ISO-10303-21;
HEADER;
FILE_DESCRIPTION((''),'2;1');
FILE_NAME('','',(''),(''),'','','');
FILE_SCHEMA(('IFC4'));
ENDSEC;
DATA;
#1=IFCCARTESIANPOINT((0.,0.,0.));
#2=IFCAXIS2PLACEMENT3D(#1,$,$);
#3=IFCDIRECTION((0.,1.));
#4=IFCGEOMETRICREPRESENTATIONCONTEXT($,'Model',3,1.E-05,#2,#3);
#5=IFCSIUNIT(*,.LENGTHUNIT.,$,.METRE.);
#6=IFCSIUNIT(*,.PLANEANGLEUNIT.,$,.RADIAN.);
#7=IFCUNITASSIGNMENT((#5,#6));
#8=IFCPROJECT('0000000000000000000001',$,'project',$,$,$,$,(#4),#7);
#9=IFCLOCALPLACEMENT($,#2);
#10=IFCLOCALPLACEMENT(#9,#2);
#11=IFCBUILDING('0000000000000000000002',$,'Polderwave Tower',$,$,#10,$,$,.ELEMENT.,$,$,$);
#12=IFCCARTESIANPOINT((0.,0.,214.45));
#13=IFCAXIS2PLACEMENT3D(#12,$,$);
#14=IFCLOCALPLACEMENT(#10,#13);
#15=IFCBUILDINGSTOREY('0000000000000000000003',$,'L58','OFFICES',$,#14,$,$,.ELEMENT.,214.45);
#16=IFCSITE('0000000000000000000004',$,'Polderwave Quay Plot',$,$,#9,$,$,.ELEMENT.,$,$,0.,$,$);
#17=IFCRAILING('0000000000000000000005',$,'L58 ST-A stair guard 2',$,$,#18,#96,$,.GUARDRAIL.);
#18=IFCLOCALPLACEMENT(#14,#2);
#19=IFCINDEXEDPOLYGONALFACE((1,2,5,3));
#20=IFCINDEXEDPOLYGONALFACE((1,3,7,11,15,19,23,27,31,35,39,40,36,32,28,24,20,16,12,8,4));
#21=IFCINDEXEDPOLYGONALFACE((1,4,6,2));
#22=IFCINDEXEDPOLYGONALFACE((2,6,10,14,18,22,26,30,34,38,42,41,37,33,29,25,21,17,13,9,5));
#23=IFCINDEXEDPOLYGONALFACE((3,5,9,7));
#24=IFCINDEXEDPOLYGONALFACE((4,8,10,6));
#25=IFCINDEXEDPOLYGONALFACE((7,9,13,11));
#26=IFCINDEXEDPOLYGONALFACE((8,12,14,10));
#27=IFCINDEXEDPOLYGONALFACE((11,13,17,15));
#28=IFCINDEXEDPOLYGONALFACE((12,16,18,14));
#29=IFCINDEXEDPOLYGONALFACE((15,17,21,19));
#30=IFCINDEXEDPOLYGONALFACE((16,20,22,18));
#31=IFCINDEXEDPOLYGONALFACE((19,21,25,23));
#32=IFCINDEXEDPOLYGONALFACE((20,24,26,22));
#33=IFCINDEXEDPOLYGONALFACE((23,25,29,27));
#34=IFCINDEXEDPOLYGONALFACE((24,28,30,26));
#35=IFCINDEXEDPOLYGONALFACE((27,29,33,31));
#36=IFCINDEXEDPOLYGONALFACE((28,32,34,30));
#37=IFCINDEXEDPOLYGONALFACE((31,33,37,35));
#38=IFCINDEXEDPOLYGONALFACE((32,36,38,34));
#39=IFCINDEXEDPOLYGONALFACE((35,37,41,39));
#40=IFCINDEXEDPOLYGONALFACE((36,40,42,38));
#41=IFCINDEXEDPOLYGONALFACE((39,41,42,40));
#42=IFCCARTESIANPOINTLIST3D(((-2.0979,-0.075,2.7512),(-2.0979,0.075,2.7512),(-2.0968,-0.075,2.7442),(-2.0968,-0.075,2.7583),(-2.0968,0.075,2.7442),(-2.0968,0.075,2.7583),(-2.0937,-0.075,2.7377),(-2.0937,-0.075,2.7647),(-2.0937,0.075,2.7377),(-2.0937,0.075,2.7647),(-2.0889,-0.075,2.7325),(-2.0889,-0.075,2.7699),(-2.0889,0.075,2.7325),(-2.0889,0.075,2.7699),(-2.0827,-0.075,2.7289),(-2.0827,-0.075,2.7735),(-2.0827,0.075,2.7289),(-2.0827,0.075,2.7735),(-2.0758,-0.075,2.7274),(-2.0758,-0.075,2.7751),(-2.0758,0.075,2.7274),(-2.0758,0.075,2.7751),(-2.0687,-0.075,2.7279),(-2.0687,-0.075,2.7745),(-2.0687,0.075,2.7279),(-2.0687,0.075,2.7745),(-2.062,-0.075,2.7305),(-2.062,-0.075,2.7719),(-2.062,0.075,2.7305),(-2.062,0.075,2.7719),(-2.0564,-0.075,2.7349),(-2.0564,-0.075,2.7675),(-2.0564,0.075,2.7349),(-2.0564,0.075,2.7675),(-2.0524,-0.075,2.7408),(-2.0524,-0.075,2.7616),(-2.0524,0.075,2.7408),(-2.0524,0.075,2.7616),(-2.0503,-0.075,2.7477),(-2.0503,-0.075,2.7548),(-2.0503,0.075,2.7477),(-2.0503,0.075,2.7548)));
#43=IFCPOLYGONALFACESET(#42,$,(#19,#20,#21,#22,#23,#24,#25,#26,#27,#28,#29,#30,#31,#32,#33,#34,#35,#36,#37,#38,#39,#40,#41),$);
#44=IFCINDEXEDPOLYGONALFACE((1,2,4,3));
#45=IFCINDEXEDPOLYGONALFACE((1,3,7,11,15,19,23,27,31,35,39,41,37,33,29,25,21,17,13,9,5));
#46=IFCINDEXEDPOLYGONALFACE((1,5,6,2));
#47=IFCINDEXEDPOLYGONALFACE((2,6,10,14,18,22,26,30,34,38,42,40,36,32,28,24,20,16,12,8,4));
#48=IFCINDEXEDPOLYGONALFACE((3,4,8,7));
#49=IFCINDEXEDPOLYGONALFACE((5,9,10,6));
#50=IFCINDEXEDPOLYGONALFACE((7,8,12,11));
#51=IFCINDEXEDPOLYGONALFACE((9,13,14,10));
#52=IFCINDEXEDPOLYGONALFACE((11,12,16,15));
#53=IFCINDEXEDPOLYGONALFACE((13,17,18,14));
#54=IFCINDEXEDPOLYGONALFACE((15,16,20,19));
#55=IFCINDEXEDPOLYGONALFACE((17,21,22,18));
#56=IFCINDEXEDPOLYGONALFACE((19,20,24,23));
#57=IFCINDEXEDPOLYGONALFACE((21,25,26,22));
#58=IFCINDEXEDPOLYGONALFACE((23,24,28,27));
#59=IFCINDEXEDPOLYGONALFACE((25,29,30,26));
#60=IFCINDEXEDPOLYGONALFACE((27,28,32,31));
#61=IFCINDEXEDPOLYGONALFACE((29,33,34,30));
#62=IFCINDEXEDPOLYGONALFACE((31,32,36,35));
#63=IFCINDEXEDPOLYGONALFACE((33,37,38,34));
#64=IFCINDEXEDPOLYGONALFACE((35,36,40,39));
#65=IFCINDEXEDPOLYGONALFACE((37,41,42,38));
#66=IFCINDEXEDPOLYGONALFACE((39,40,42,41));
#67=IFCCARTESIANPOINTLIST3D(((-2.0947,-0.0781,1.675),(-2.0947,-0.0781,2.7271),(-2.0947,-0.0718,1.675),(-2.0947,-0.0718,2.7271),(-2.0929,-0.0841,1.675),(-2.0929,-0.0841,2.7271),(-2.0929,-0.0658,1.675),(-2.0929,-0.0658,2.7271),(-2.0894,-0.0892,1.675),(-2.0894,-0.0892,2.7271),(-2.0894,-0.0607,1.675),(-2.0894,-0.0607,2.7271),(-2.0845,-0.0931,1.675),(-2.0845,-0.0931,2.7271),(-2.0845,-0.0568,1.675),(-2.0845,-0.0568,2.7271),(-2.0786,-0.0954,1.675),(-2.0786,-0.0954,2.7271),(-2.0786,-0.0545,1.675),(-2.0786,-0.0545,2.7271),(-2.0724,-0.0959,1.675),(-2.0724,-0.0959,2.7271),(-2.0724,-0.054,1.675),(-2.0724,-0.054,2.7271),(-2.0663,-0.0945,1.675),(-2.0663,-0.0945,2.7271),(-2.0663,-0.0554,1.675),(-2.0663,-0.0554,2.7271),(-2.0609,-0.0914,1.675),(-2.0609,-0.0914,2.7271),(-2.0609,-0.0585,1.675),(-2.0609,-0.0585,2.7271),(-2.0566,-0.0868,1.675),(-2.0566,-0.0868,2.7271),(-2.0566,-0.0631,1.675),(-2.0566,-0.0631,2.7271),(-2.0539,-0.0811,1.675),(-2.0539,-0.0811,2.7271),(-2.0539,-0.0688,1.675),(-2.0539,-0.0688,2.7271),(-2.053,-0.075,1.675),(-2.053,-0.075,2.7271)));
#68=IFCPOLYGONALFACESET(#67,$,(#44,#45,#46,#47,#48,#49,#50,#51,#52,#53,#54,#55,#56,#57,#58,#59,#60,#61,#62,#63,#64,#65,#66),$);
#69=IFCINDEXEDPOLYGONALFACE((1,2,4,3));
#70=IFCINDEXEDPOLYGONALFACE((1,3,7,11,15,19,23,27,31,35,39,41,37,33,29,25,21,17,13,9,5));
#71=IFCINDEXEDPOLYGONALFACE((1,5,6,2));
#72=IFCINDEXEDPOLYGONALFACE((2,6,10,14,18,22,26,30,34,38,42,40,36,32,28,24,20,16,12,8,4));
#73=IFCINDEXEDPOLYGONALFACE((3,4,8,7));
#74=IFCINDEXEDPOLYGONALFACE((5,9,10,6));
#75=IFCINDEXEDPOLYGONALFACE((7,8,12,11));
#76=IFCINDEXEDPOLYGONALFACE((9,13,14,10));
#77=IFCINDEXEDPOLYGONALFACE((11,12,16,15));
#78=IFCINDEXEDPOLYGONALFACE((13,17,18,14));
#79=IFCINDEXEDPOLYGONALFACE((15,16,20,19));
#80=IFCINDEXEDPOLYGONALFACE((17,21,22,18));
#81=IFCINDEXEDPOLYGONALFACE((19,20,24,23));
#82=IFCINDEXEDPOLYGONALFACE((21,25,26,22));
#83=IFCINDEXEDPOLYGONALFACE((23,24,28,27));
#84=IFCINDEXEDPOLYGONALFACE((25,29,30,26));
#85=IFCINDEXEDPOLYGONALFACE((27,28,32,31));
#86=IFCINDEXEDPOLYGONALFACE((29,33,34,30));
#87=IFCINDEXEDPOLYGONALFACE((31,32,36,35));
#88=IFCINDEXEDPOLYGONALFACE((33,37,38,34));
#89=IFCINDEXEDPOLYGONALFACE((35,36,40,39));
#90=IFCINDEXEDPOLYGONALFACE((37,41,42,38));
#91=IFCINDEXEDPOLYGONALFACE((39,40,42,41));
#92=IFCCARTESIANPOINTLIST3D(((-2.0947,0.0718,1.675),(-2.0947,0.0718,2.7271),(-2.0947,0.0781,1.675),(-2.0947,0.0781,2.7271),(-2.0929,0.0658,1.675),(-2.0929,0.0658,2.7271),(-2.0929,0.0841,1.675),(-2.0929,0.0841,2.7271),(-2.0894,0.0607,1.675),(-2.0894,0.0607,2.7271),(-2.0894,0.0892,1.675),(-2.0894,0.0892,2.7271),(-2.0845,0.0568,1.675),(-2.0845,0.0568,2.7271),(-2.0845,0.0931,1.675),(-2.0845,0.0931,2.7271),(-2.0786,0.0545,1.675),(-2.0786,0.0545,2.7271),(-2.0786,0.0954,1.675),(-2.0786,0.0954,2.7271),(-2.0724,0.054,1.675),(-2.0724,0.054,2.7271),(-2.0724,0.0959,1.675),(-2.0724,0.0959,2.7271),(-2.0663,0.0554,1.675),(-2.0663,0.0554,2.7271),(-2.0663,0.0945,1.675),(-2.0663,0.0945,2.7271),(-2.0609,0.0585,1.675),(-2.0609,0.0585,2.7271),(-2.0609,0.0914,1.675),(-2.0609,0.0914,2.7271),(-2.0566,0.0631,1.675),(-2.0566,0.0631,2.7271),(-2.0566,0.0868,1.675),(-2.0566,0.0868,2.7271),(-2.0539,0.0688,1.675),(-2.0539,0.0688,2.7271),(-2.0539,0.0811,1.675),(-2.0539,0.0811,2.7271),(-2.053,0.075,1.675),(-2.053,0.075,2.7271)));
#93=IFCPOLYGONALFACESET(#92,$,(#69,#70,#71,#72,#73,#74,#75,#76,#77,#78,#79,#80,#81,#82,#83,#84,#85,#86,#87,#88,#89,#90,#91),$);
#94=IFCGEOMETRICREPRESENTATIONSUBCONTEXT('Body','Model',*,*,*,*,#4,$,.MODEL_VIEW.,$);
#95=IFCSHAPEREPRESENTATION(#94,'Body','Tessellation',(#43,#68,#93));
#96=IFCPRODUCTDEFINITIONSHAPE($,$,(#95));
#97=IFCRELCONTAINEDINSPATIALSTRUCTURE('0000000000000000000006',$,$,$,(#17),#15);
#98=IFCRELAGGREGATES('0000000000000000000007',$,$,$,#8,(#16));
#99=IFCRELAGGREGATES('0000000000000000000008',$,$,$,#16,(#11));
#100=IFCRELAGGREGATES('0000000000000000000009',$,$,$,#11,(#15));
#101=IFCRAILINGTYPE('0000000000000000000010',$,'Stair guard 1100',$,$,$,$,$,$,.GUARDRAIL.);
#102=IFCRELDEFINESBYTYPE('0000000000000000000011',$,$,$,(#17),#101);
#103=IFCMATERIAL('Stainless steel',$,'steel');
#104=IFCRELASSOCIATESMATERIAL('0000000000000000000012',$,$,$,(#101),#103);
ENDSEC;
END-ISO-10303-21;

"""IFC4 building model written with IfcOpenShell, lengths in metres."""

from ifc_helpers import new_model, si_unit, direction, frame, origin, origin_2d, place, context, subcontext, project, spatial, circle, extrude, material, type_object, element, save


model = new_model("IFC4")

# Units and contexts
model_context = context("Model", 3, precision=1e-05, world=origin(), true_north=direction((0.0, 1.0)))
body_context = subcontext(model_context, "Body", "Model", "MODEL_VIEW")
ifc_project = project(units=[si_unit("LENGTHUNIT", "METRE"), si_unit("PLANEANGLEUNIT", "RADIAN")], contexts=[model_context])

# Site, building, storey
site_placement = place(None, origin())
site = spatial("IfcSite", under=ifc_project, at=site_placement, Name="Polderwave Quay Plot", CompositionType="ELEMENT", RefElevation=0.0)
building_placement = place(site_placement, origin())
building = spatial("IfcBuilding", under=site, at=building_placement, Name="Polderwave Tower", CompositionType="ELEMENT")
storey_placement = place(building_placement, frame((0.0, 0.0, 214.45)))
storey = spatial("IfcBuildingStorey", under=building, at=storey_placement, Name="L58", Description="OFFICES", CompositionType="ELEMENT", Elevation=214.45)

# Railing
ifc_material_1 = material(Name="Stainless steel", Category="steel")
railing_type_1 = type_object("IfcRailingType", Name="Stair guard 1100", PredefinedType="GUARDRAIL", material=ifc_material_1)
railing_1_placement = place(storey_placement, frame((-2.074, -0.075, 1.675)))
element("IfcRailing", 1, at=railing_1_placement, inside=storey, type_object=railing_type_1, Name="L58 ST-A stair guard 2", PredefinedType="GUARDRAIL", context=body_context, shape_type="SweptSolid", body=[
    extrude(circle(Radius=0.0239, at=origin_2d()), frame((0.0, 0.0, 1.0762), z_axis=(0.0, 1.0, 0.0), x_axis=(-1.0, 0.0, 0.0)), (0.0, 0.0, 1.0), 0.1499),
    extrude(circle(Radius=0.021, at=origin_2d()), origin(), (0.0, 0.0, 1.0), 1.052),
    extrude(circle(Radius=0.021, at=origin_2d()), frame((0.0, 0.1499, 0.0)), (0.0, 0.0, 1.0), 1.052),
])

save(model, "model.ifc")
